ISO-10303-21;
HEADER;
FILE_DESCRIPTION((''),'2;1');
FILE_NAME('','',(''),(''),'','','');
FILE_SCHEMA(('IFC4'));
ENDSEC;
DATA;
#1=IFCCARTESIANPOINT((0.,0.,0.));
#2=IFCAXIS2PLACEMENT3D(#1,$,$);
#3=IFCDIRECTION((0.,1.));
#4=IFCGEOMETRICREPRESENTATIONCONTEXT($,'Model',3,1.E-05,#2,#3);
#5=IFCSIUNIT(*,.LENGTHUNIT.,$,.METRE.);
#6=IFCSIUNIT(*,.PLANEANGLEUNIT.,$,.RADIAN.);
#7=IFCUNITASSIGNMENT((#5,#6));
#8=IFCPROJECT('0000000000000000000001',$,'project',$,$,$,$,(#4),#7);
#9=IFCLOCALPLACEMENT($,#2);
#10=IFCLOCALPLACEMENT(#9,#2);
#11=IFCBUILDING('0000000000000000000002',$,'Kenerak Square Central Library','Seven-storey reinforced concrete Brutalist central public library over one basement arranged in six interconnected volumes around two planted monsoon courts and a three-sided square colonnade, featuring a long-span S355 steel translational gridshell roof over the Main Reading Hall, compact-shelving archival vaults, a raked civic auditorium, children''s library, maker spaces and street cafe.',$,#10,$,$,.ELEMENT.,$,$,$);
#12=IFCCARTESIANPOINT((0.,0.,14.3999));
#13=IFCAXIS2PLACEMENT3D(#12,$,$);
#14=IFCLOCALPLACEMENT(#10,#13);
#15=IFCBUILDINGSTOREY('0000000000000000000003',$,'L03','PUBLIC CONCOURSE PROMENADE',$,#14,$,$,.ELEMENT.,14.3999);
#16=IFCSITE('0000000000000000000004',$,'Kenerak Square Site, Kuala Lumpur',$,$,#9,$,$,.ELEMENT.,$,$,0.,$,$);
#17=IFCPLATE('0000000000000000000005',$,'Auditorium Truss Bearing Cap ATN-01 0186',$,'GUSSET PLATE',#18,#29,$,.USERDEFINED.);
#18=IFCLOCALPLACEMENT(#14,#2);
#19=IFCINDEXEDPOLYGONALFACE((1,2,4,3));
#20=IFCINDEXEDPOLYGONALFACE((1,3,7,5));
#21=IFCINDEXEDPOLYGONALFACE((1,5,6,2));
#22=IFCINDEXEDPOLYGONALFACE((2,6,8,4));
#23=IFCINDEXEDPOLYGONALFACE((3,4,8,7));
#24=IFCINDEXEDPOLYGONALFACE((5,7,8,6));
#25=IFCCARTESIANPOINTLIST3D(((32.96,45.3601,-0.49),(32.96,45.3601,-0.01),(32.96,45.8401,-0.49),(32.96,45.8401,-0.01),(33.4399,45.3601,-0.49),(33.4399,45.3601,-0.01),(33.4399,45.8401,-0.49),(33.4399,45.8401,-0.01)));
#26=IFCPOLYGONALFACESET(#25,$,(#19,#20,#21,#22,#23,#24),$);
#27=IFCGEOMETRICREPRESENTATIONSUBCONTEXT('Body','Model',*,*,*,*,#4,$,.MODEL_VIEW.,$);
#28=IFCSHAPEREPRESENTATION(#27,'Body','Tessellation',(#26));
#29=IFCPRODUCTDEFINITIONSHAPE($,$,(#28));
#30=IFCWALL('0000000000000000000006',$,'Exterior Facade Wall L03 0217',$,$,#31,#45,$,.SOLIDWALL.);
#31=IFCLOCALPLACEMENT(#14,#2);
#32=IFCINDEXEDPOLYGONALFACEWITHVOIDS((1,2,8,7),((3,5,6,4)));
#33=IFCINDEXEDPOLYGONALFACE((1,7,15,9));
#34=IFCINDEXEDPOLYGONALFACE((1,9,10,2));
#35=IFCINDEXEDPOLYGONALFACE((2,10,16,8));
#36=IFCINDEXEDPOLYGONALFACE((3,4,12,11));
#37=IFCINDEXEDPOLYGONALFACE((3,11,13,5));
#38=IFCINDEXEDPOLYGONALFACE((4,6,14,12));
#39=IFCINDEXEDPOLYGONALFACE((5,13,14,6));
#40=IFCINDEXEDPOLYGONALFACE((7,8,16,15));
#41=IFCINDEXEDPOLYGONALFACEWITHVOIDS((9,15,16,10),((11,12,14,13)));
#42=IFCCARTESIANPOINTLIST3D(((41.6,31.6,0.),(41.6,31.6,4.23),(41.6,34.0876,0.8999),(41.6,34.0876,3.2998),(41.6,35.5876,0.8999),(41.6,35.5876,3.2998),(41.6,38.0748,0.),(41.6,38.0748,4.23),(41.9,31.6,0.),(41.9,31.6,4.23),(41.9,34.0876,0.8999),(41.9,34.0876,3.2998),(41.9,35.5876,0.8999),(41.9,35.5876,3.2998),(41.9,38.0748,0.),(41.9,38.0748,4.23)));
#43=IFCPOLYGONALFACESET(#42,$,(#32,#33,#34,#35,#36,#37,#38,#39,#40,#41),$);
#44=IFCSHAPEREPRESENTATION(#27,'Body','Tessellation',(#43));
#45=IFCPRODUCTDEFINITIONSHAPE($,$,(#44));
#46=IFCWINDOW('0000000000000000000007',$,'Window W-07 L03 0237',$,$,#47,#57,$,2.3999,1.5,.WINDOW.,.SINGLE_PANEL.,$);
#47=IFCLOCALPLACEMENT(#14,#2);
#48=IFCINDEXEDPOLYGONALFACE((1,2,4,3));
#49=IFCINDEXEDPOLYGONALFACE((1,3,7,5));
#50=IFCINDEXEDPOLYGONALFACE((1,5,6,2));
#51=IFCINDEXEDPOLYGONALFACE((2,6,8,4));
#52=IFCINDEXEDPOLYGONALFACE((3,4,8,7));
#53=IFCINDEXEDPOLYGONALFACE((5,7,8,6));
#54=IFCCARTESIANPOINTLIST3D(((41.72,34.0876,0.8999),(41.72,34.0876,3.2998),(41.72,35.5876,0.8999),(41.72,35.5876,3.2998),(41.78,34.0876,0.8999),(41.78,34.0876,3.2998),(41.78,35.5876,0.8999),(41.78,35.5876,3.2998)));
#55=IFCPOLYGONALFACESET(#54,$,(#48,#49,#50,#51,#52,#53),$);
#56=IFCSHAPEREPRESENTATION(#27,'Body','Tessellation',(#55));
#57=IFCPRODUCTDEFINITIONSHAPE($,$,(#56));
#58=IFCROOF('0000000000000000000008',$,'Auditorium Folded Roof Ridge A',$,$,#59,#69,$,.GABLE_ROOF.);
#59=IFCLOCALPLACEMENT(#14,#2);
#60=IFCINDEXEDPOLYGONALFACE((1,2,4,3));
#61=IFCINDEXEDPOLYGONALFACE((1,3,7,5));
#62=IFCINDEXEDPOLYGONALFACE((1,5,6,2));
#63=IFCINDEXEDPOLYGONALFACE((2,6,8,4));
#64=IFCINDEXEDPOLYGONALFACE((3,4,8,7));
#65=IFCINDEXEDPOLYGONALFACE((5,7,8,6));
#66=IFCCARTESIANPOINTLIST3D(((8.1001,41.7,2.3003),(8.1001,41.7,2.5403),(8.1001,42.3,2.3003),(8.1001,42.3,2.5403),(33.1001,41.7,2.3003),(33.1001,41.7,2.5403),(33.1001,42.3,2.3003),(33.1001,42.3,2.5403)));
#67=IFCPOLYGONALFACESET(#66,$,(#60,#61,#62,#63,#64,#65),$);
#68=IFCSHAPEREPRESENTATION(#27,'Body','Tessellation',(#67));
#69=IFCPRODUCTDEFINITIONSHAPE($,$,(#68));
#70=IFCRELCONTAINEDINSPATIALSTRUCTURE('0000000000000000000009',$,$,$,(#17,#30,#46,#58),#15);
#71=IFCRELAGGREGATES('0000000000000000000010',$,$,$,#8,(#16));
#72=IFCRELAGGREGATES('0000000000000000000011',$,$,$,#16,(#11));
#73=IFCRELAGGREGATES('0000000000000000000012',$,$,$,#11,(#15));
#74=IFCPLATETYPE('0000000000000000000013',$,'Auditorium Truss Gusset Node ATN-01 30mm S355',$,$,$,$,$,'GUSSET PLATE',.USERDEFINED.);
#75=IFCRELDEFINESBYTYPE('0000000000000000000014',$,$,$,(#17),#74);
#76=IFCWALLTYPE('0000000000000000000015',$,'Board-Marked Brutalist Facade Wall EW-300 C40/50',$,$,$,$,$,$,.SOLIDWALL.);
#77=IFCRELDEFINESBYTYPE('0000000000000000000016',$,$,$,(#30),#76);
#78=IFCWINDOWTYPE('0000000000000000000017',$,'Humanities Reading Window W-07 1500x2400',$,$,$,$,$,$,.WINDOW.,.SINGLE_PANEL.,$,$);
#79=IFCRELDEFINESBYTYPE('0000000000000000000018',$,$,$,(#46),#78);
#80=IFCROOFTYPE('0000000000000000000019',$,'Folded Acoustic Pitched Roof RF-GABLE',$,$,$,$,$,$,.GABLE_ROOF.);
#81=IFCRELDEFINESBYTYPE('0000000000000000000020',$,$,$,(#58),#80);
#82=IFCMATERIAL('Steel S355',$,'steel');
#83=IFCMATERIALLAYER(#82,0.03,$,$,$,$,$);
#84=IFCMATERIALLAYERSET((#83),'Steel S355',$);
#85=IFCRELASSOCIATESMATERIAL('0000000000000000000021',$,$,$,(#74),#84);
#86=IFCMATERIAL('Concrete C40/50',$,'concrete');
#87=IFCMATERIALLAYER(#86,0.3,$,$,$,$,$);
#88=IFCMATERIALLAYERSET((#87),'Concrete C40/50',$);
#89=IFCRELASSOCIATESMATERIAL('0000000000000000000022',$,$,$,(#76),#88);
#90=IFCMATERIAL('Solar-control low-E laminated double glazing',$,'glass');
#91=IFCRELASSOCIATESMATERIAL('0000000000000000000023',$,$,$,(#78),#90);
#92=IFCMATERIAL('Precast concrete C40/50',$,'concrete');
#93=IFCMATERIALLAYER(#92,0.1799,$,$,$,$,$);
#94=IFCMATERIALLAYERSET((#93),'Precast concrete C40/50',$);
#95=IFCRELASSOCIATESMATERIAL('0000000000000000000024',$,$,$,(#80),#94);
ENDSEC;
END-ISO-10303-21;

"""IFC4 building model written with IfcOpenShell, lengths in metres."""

from ifc_helpers import new_model, si_unit, direction, frame, frame_2d, origin, origin_2d, place, context, subcontext, project, spatial, rectangle, extrude, material, layer, layer_set, type_object, element, fill, save


model = new_model("IFC4")

# Units and contexts
model_context = context("Model", 3, precision=1e-05, world=origin(), true_north=direction((0.0, 1.0)))
body_context = subcontext(model_context, "Body", "Model", "MODEL_VIEW")
ifc_project = project(units=[si_unit("LENGTHUNIT", "METRE"), si_unit("PLANEANGLEUNIT", "RADIAN")], contexts=[model_context])

# Site, building, storey
site_placement = place(None, origin())
site = spatial("IfcSite", under=ifc_project, at=site_placement, Name="Kenerak Square Site, Kuala Lumpur", CompositionType="ELEMENT", RefElevation=0.0)
building_placement = place(site_placement, origin())
building = spatial("IfcBuilding", under=site, at=building_placement, Name="Kenerak Square Central Library", Description="Seven-storey reinforced concrete Brutalist central public library over one basement arranged in six interconnected volumes around two planted monsoon courts and a three-sided square colonnade, featuring a long-span S355 steel translational gridshell roof over the Main Reading Hall, compact-shelving archival vaults, a raked civic auditorium, children's library, maker spaces and street cafe.", CompositionType="ELEMENT")
storey_placement = place(building_placement, frame((0.0, 0.0, 14.3999)))
storey = spatial("IfcBuildingStorey", under=building, at=storey_placement, Name="L03", Description="PUBLIC CONCOURSE PROMENADE", CompositionType="ELEMENT", Elevation=14.3999)

# Shared definitions
ifc_material_1 = material(Name="Concrete C40/50", Category="concrete")

# Shared definitions
ifc_material_2 = material(Name="Steel S355", Category="steel")

# Plate
ifc_layer_1 = layer(ifc_material_2, 0.03)
ifc_layer_set_1 = layer_set([ifc_layer_1], Name="Steel S355")
plate_type = type_object("IfcPlateType", Name="Auditorium Truss Gusset Node ATN-01 30mm S355", ElementType="GUSSET PLATE", PredefinedType="USERDEFINED", material=ifc_layer_set_1)
plate_1_placement = place(storey_placement, frame((33.2, 45.6001, -0.49), z_axis=(0.0, 0.0, 1.0), x_axis=(1.0, 0.0, 0.0)))
element("IfcPlate", 1, at=plate_1_placement, inside=storey, type_object=plate_type, Name="Auditorium Truss Bearing Cap ATN-01 0186", ObjectType="GUSSET PLATE", PredefinedType="USERDEFINED", context=body_context, shape_type="SweptSolid", body=[
    extrude(rectangle(XDim=0.48, YDim=0.48, at=origin_2d()), origin(), (0.0, 0.0, 1.0), 0.48),
])

# Wall, opening, window
ifc_layer_2 = layer(ifc_material_1, 0.3)
ifc_layer_set_2 = layer_set([ifc_layer_2], Name="Concrete C40/50")
wall_type = type_object("IfcWallType", Name="Board-Marked Brutalist Facade Wall EW-300 C40/50", PredefinedType="SOLIDWALL", material=ifc_layer_set_2)
wall_placement = place(storey_placement, frame((41.75, 31.6001, 0.0), z_axis=(0.0, 0.0, 1.0), x_axis=(0.0, 1.0, 0.0)))
wall = element("IfcWall", 2, at=wall_placement, inside=storey, type_object=wall_type, Name="Exterior Facade Wall L03 0217", PredefinedType="SOLIDWALL", context=body_context, shape_type="SweptSolid", body=[
    extrude(rectangle(XDim=6.4749, YDim=0.3, at=frame_2d((3.2373, 0.0))), origin(), (0.0, 0.0, 1.0), 4.23),
])
opening_placement = place(wall_placement, frame((2.4875, 0.0, 0.8999)))
opening = element("IfcOpeningElement", 3, at=opening_placement, cuts=wall, PredefinedType="OPENING", context=body_context, shape_type="SweptSolid", body=[
    extrude(rectangle(XDim=1.5, YDim=2.3999, at=frame_2d((0.75, 1.2))), frame((0.0, 0.1599, 0.0), z_axis=(0.0, -1.0, 0.0), x_axis=(1.0, 0.0, 0.0)), (0.0, 0.0, 1.0), 0.3201),
])
ifc_material_3 = material(Name="Solar-control low-E laminated double glazing", Category="glass")
window_type = type_object("IfcWindowType", Name="Humanities Reading Window W-07 1500x2400", PartitioningType="SINGLE_PANEL", PredefinedType="WINDOW", material=ifc_material_3)
window_placement = place(opening_placement, origin())
window = element("IfcWindow", 4, at=window_placement, inside=storey, type_object=window_type, Name="Window W-07 L03 0237", OverallHeight=2.3999, OverallWidth=1.5, PartitioningType="SINGLE_PANEL", PredefinedType="WINDOW", context=body_context, shape_type="SweptSolid", body=[
    extrude(rectangle(XDim=1.5, YDim=2.3999, at=frame_2d((0.75, 1.2))), frame((0.0, 0.03, 0.0), z_axis=(0.0, -1.0, 0.0), x_axis=(1.0, 0.0, 0.0)), (0.0, 0.0, 1.0), 0.0601),
])
fill(opening, window)

# Roof
ifc_material_4 = material(Name="Precast concrete C40/50", Category="concrete")
ifc_layer_3 = layer(ifc_material_4, 0.1799)
ifc_layer_set_3 = layer_set([ifc_layer_3], Name="Precast concrete C40/50")
roof_type = type_object("IfcRoofType", Name="Folded Acoustic Pitched Roof RF-GABLE", PredefinedType="GABLE_ROOF", material=ifc_layer_set_3)
roof_placement = place(storey_placement, frame((20.6001, 42.0, 2.3003), z_axis=(0.0, 0.0, 1.0), x_axis=(1.0, 0.0, 0.0)))
element("IfcRoof", 5, at=roof_placement, inside=storey, type_object=roof_type, Name="Auditorium Folded Roof Ridge A", PredefinedType="GABLE_ROOF", context=body_context, shape_type="SweptSolid", body=[
    extrude(rectangle(XDim=25.0, YDim=0.6001, at=origin_2d()), origin(), (0.0, 0.0, 1.0), 0.24),
])

save(model, "model.ifc")
